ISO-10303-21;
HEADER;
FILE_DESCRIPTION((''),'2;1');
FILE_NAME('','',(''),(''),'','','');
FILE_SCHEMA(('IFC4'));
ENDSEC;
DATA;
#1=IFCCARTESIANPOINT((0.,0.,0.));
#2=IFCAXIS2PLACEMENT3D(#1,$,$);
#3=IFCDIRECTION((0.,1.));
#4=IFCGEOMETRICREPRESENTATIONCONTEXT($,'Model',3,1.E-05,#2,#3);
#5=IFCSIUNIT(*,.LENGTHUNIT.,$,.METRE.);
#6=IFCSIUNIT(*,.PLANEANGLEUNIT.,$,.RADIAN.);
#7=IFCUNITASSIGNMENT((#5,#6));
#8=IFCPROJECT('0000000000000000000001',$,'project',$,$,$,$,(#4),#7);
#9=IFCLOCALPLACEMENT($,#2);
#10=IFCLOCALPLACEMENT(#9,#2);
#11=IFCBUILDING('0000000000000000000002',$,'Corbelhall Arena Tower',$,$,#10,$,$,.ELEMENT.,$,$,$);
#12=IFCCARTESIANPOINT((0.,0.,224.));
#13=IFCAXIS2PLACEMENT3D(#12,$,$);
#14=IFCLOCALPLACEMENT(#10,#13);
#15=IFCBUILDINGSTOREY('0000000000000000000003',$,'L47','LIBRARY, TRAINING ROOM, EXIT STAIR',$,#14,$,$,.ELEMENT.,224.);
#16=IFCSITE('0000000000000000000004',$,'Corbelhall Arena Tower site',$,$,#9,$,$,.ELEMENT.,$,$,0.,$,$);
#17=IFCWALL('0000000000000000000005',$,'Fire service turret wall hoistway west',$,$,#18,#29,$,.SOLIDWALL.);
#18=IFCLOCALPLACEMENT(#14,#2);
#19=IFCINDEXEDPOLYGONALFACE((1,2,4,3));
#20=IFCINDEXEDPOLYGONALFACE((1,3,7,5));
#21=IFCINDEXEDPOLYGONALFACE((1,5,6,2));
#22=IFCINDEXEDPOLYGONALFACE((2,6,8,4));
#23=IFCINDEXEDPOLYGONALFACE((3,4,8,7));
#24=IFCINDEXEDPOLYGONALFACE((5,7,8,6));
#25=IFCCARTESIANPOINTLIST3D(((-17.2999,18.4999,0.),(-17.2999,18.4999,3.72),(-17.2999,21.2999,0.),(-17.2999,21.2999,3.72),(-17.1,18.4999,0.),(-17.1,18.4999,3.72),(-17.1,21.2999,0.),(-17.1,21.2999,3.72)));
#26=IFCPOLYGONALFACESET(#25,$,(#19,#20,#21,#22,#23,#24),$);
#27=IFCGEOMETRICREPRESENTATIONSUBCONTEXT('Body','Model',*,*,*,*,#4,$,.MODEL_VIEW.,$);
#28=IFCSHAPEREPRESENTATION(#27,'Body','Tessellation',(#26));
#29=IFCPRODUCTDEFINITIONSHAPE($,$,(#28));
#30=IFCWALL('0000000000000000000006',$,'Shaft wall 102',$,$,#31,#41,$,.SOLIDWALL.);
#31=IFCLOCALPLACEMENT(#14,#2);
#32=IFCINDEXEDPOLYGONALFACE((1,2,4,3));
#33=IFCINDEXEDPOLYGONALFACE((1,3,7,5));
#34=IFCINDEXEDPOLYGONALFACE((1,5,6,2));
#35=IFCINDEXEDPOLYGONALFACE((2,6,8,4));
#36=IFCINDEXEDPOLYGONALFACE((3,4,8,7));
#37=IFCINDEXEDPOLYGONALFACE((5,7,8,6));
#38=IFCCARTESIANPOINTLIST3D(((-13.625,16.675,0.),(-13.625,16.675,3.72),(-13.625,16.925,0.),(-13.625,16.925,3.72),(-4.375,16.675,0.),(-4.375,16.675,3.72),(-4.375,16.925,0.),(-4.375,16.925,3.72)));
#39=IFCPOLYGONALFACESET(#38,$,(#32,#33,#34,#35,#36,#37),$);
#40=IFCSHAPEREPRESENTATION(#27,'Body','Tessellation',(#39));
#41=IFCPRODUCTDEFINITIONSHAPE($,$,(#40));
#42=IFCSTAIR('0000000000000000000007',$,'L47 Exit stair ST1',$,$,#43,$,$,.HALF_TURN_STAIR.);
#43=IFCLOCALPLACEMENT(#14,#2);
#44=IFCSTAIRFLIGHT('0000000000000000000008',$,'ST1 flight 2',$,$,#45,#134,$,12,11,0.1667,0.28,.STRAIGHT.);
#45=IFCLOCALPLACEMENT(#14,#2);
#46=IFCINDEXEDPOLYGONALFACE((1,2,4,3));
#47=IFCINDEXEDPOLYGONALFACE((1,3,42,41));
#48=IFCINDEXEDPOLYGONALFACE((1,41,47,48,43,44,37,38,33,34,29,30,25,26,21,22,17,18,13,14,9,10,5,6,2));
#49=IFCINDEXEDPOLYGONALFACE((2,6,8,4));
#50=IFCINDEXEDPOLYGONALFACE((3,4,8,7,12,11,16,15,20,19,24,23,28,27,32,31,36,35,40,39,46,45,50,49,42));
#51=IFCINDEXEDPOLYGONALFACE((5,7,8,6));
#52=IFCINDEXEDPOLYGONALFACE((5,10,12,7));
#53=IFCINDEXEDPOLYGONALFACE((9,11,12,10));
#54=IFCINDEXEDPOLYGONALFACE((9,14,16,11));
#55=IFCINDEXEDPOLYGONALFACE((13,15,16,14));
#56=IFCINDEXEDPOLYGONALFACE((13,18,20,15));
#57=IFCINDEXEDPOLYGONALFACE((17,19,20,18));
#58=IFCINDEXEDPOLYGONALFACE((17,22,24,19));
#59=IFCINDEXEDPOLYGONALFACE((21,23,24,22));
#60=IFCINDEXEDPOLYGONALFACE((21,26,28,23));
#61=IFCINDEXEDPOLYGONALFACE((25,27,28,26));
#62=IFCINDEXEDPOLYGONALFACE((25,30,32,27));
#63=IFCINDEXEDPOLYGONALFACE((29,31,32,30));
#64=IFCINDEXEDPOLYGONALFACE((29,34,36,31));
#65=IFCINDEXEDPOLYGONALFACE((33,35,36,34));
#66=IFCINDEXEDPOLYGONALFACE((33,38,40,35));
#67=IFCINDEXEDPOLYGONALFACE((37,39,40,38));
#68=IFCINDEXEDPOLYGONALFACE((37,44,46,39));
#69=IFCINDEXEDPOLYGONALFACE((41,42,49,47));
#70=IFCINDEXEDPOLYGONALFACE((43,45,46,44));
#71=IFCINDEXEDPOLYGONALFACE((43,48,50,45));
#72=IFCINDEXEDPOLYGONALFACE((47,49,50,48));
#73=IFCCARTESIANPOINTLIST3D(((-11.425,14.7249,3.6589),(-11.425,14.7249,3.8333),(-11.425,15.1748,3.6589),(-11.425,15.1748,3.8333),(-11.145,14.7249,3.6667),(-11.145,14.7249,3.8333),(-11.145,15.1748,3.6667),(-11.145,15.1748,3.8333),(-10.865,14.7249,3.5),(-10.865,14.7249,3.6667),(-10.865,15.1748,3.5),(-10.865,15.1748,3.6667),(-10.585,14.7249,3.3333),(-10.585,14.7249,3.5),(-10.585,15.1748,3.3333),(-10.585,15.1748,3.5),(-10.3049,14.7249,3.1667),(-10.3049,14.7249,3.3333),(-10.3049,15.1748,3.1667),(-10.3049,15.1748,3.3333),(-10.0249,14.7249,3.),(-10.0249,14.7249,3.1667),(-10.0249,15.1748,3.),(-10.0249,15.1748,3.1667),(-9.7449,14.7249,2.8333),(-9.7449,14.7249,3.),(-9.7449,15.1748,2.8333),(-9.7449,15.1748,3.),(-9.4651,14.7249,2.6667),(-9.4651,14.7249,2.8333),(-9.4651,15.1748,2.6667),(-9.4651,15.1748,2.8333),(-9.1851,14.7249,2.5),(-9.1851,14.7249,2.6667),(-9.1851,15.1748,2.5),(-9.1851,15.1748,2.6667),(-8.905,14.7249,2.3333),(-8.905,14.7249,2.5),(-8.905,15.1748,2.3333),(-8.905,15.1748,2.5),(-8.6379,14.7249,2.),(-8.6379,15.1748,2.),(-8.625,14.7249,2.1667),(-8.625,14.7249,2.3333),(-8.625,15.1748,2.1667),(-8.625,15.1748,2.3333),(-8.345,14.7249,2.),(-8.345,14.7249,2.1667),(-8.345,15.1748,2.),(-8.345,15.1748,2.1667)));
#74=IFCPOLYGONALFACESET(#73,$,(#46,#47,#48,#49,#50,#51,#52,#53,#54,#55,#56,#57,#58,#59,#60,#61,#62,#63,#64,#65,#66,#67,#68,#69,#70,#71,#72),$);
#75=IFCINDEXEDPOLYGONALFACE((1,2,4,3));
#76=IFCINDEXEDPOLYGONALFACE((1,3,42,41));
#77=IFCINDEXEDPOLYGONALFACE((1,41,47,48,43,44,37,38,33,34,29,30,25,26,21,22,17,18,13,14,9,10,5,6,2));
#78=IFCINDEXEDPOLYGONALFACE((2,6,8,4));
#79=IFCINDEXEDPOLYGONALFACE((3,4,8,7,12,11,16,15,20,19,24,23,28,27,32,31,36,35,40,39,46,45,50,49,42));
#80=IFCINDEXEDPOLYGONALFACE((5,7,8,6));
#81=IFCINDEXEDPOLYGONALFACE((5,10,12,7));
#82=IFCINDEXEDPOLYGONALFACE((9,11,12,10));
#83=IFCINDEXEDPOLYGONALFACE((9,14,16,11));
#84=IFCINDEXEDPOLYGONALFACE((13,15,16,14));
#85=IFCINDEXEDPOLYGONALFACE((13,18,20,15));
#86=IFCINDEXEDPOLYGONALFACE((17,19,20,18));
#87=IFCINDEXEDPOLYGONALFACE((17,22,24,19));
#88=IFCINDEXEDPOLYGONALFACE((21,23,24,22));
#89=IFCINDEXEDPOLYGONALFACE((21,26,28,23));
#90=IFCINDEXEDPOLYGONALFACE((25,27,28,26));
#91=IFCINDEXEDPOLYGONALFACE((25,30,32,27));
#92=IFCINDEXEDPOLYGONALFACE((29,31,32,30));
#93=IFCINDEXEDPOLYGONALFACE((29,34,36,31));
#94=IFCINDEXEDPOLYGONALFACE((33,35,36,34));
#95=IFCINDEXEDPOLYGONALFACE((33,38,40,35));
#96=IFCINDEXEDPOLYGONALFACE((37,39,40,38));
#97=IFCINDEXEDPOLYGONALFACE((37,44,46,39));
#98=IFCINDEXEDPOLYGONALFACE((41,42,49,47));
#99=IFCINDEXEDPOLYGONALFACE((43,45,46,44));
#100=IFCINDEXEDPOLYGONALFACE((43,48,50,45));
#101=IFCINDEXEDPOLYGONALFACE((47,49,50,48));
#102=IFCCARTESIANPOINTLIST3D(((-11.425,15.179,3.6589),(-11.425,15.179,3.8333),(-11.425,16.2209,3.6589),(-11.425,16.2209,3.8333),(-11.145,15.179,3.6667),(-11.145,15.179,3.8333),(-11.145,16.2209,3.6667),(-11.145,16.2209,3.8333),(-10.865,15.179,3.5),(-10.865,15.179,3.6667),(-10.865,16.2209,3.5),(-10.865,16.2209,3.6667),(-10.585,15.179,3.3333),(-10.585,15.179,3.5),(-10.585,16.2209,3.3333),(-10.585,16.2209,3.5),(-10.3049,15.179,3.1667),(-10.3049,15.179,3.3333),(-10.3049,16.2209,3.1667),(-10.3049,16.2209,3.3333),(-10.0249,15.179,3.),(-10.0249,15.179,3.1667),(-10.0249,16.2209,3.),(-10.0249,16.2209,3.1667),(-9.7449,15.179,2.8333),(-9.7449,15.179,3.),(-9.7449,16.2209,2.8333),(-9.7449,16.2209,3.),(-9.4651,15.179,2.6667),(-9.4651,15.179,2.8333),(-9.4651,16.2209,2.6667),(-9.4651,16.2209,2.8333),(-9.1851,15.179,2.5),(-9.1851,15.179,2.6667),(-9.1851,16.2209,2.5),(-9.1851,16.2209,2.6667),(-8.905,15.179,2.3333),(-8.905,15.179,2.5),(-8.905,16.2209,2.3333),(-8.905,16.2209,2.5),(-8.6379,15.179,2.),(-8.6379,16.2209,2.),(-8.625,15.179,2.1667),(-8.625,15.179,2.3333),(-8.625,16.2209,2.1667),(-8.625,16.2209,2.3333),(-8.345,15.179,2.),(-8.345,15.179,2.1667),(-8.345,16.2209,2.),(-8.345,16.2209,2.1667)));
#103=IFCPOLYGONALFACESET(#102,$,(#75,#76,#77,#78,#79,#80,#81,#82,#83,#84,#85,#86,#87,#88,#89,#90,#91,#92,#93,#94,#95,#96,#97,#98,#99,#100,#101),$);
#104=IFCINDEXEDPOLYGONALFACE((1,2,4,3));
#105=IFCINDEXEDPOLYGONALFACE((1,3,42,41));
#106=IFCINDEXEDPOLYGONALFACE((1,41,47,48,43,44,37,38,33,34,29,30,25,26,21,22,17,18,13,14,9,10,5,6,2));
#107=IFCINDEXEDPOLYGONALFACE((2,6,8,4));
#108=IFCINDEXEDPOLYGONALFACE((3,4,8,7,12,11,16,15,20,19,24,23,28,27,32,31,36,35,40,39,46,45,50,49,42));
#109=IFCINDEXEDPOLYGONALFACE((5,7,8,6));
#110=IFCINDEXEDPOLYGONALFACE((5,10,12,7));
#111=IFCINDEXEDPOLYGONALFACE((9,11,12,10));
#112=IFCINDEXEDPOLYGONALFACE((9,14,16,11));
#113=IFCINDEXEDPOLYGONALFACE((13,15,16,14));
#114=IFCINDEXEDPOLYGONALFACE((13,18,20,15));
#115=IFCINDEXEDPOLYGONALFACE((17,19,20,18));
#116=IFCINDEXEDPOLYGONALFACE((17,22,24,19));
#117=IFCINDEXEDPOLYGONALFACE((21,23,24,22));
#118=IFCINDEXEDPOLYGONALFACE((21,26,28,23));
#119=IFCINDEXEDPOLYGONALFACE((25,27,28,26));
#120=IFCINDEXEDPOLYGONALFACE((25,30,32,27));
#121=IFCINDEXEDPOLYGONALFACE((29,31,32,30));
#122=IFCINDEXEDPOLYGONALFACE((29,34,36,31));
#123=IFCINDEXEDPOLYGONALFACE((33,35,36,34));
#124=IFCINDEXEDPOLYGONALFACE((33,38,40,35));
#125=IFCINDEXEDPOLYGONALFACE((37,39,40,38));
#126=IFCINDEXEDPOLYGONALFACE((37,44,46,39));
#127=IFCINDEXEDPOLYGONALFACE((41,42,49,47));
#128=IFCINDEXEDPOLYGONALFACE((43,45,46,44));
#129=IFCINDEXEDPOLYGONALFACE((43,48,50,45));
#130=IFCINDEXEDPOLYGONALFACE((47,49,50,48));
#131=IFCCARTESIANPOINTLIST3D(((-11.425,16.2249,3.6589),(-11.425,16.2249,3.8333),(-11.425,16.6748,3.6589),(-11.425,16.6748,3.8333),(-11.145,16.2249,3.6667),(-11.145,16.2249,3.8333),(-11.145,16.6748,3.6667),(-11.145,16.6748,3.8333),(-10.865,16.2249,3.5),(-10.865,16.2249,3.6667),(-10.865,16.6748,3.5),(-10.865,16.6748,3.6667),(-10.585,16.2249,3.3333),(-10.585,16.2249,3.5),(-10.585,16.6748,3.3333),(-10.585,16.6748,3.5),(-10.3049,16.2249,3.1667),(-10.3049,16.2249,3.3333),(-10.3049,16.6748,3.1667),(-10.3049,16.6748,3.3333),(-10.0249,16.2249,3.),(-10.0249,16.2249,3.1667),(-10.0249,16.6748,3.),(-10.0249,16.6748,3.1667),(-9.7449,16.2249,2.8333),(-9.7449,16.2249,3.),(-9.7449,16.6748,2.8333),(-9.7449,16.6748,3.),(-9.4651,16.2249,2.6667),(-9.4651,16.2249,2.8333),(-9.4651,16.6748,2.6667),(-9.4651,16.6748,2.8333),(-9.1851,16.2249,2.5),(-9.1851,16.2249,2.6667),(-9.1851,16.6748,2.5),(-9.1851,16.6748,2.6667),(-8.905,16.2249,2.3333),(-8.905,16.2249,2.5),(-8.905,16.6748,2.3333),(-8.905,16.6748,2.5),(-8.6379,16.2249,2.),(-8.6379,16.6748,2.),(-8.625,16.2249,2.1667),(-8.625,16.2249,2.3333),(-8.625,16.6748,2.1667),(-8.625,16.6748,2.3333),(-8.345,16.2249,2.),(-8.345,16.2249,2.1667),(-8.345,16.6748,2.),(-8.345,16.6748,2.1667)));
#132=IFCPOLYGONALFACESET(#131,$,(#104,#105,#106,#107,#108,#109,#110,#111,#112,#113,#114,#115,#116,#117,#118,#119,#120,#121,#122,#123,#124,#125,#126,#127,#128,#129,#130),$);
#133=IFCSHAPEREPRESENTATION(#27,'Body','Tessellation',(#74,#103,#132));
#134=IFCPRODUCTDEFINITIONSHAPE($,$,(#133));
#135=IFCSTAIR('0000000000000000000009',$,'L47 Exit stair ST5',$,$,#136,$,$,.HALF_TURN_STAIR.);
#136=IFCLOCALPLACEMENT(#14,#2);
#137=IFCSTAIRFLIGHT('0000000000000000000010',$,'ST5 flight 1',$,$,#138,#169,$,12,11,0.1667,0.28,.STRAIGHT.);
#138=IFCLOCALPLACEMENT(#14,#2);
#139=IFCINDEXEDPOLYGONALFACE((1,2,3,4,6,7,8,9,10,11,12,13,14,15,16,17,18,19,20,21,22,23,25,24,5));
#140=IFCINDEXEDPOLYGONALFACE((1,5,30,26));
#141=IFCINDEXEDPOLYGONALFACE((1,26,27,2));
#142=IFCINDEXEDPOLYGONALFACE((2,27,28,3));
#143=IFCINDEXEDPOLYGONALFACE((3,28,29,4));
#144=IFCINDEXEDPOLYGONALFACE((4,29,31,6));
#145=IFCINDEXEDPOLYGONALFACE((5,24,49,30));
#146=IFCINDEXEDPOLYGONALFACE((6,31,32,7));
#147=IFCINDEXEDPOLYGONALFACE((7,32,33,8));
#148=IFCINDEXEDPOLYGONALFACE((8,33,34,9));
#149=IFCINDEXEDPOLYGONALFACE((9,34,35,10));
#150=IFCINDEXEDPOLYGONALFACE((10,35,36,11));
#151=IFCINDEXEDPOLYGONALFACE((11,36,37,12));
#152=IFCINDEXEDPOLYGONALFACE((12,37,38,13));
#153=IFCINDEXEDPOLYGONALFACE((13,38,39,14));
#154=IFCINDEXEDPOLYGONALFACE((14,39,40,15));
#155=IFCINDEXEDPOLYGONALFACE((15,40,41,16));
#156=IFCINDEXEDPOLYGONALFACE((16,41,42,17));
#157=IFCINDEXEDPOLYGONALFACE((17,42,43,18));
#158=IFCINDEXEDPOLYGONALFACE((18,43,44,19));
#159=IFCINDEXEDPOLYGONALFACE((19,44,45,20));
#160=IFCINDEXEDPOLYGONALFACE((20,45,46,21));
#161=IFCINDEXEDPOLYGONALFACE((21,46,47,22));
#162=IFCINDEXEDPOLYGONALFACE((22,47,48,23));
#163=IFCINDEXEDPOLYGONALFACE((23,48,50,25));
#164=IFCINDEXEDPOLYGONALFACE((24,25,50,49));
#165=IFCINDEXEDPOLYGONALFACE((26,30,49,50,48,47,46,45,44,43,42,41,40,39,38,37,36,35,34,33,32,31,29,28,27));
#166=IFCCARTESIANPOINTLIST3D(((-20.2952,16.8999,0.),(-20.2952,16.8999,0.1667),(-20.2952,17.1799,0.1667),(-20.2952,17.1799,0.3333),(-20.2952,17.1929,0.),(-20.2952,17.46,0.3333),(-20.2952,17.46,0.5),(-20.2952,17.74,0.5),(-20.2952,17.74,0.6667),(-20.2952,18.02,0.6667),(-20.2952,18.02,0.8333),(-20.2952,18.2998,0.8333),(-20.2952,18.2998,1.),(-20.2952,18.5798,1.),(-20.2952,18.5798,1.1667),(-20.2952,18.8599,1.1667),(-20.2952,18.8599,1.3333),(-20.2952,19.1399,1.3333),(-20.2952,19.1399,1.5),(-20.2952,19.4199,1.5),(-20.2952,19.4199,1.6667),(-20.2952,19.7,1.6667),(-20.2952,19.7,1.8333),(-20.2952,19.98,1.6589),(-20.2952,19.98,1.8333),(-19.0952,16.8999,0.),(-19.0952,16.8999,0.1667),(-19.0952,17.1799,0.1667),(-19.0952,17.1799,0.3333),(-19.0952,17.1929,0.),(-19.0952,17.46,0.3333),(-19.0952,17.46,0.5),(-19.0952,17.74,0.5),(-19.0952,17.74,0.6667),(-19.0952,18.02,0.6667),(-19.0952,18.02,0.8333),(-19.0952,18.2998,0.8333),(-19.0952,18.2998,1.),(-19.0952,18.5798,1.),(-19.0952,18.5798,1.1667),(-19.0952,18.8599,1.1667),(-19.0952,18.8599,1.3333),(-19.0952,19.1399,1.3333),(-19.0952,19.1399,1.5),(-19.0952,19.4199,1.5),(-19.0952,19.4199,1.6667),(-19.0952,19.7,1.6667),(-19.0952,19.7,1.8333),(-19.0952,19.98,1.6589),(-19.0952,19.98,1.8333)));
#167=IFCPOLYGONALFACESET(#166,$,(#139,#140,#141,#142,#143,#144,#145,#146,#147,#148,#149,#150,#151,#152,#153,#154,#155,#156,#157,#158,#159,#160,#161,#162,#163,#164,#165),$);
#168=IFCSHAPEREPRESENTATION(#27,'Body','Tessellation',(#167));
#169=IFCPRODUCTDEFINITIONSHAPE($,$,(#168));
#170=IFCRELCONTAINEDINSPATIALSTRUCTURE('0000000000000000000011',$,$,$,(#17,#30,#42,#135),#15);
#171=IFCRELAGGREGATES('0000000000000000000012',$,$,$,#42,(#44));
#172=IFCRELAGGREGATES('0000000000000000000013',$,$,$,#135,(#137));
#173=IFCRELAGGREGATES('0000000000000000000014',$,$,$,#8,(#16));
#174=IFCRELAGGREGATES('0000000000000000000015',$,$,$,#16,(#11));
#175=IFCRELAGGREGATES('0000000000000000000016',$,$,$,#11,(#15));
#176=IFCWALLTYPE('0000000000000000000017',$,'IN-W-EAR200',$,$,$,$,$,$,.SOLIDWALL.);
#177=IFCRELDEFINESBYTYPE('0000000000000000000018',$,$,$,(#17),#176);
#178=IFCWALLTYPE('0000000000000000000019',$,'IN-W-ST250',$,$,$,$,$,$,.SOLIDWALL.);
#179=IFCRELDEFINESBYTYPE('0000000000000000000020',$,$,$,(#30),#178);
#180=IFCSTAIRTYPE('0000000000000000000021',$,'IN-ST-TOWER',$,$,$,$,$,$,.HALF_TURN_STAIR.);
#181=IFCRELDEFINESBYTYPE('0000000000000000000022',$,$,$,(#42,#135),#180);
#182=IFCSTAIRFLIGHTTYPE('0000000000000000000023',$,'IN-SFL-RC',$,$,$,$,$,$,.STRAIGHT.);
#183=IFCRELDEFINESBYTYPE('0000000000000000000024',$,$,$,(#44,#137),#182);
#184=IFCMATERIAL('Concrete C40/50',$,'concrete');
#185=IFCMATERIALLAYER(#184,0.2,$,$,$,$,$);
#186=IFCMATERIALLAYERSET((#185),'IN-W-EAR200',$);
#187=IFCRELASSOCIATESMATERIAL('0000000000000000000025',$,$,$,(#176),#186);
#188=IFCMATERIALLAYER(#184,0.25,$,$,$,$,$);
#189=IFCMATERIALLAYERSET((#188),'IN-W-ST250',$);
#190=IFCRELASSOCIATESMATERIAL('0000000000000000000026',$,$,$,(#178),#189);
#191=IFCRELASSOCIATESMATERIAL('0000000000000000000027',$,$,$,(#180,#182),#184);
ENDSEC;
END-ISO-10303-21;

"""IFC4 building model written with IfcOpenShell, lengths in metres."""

from ifc_helpers import new_model, si_unit, direction, frame, frame_2d, origin, place, context, subcontext, project, spatial, polyline, rectangle, outline, extrude, material, layer, layer_set, type_object, element, aggregate, save


model = new_model("IFC4")

# Units and contexts
model_context = context("Model", 3, precision=1e-05, world=origin(), true_north=direction((0.0, 1.0)))
body_context = subcontext(model_context, "Body", "Model", "MODEL_VIEW")
ifc_project = project(units=[si_unit("LENGTHUNIT", "METRE"), si_unit("PLANEANGLEUNIT", "RADIAN")], contexts=[model_context])

# Site, building, storey
site_placement = place(None, origin())
site = spatial("IfcSite", under=ifc_project, at=site_placement, Name="Corbelhall Arena Tower site", CompositionType="ELEMENT", RefElevation=0.0)
building_placement = place(site_placement, origin())
building = spatial("IfcBuilding", under=site, at=building_placement, Name="Corbelhall Arena Tower", CompositionType="ELEMENT")
storey_placement = place(building_placement, frame((0.0, 0.0, 224.0)))
storey = spatial("IfcBuildingStorey", under=building, at=storey_placement, Name="L47", Description="LIBRARY, TRAINING ROOM, EXIT STAIR", CompositionType="ELEMENT", Elevation=224.0)

# Shared definitions
ifc_material_1 = material(Name="Concrete C40/50", Category="concrete")
ifc_layer_1 = layer(ifc_material_1, 0.2)
ifc_layer_set_1 = layer_set([ifc_layer_1], Name="IN-W-EAR200")
wall_type_1 = type_object("IfcWallType", Name="IN-W-EAR200", PredefinedType="SOLIDWALL", material=ifc_layer_set_1)

# Wall
wall_1_placement = place(storey_placement, frame((-17.2, 18.5, 0.0), z_axis=(0.0, 0.0, 1.0), x_axis=(0.0, 1.0, 0.0)))
element("IfcWall", 1, at=wall_1_placement, inside=storey, type_object=wall_type_1, Name="Fire service turret wall hoistway west", PredefinedType="SOLIDWALL", context=body_context, shape_type="SweptSolid", body=[
    extrude(rectangle(XDim=2.8, YDim=0.2, at=frame_2d((1.3999, 0.0))), origin(), (0.0, 0.0, 1.0), 3.72),
])

# Wall
ifc_layer_2 = layer(ifc_material_1, 0.25)
ifc_layer_set_2 = layer_set([ifc_layer_2], Name="IN-W-ST250")
wall_type_2 = type_object("IfcWallType", Name="IN-W-ST250", PredefinedType="SOLIDWALL", material=ifc_layer_set_2)
wall_2_placement = place(storey_placement, frame((-13.625, 16.8, 0.0), z_axis=(0.0, 0.0, 1.0), x_axis=(1.0, 0.0, 0.0)))
element("IfcWall", 2, at=wall_2_placement, inside=storey, type_object=wall_type_2, Name="Shaft wall 102", PredefinedType="SOLIDWALL", context=body_context, shape_type="SweptSolid", body=[
    extrude(rectangle(XDim=9.25, YDim=0.25, at=frame_2d((4.625, 0.0))), origin(), (0.0, 0.0, 1.0), 3.72),
])

# Stair, stair flight
stair_type = type_object("IfcStairType", Name="IN-ST-TOWER", PredefinedType="HALF_TURN_STAIR", material=ifc_material_1)
stair_1_placement = place(storey_placement, origin())
stair_1 = element("IfcStair", 3, at=stair_1_placement, inside=storey, type_object=stair_type, Name="L47 Exit stair ST1", PredefinedType="HALF_TURN_STAIR")
stair_flight_type = type_object("IfcStairFlightType", Name="IN-SFL-RC", PredefinedType="STRAIGHT", material=ifc_material_1)
stair_flight_1_placement = place(storey_placement, frame((-8.345, 15.7, 2.0), z_axis=(0.0, 0.0, 1.0), x_axis=(-1.0, 0.0, 0.0)))
stair_flight_1 = element("IfcStairFlight", 4, at=stair_flight_1_placement, type_object=stair_flight_type, Name="ST1 flight 2", NumberOfRisers=12, NumberOfTreads=11, PredefinedType="STRAIGHT", RiserHeight=0.1667, TreadLength=0.28, context=body_context, shape_type="SweptSolid", body=[
    extrude(outline(polyline([(0.0, 0.0), (0.0, 0.1667), (0.28, 0.1667), (0.28, 0.3333), (0.5601, 0.3333), (0.5601, 0.5), (0.8401, 0.5), (0.8401, 0.6667), (1.1201, 0.6667), (1.1201, 0.8333), (1.3999, 0.8333), (1.3999, 1.0), (1.6799, 1.0), (1.6799, 1.1667), (1.96, 1.1667), (1.96, 1.3333), (2.24, 1.3333), (2.24, 1.5), (2.52, 1.5), (2.52, 1.6667), (2.8, 1.6667), (2.8, 1.8333), (3.0801, 1.8333), (3.0801, 2.0), (3.0801, 1.6589), (0.293, 0.0), (0.0, 0.0)])), frame((0.0, 0.9751, 0.0), z_axis=(0.0, -1.0, 0.0), x_axis=(1.0, 0.0, 0.0)), (0.0, 0.0, 1.0), 0.45),
    extrude(outline(polyline([(0.0, 0.0), (0.0, 0.1667), (0.28, 0.1667), (0.28, 0.3333), (0.5601, 0.3333), (0.5601, 0.5), (0.8401, 0.5), (0.8401, 0.6667), (1.1201, 0.6667), (1.1201, 0.8333), (1.3999, 0.8333), (1.3999, 1.0), (1.6799, 1.0), (1.6799, 1.1667), (1.96, 1.1667), (1.96, 1.3333), (2.24, 1.3333), (2.24, 1.5), (2.52, 1.5), (2.52, 1.6667), (2.8, 1.6667), (2.8, 1.8333), (3.0801, 1.8333), (3.0801, 2.0), (3.0801, 1.6589), (0.293, 0.0), (0.0, 0.0)])), frame((0.0, 0.521, 0.0), z_axis=(0.0, -1.0, 0.0), x_axis=(1.0, 0.0, 0.0)), (0.0, 0.0, 1.0), 1.042),
    extrude(outline(polyline([(0.0, 0.0), (0.0, 0.1667), (0.28, 0.1667), (0.28, 0.3333), (0.5601, 0.3333), (0.5601, 0.5), (0.8401, 0.5), (0.8401, 0.6667), (1.1201, 0.6667), (1.1201, 0.8333), (1.3999, 0.8333), (1.3999, 1.0), (1.6799, 1.0), (1.6799, 1.1667), (1.96, 1.1667), (1.96, 1.3333), (2.24, 1.3333), (2.24, 1.5), (2.52, 1.5), (2.52, 1.6667), (2.8, 1.6667), (2.8, 1.8333), (3.0801, 1.8333), (3.0801, 2.0), (3.0801, 1.6589), (0.293, 0.0), (0.0, 0.0)])), frame((0.0, -0.5249, 0.0), z_axis=(0.0, -1.0, 0.0), x_axis=(1.0, 0.0, 0.0)), (0.0, 0.0, 1.0), 0.45),
])
aggregate(stair_1, [stair_flight_1])

# Stair, stair flight
stair_2_placement = place(storey_placement, origin())
stair_2 = element("IfcStair", 5, at=stair_2_placement, inside=storey, type_object=stair_type, Name="L47 Exit stair ST5", PredefinedType="HALF_TURN_STAIR")
stair_flight_2_placement = place(storey_placement, frame((-19.6951, 16.8999, 0.0), z_axis=(0.0, 0.0, 1.0), x_axis=(0.0, 1.0, 0.0)))
stair_flight_2 = element("IfcStairFlight", 6, at=stair_flight_2_placement, type_object=stair_flight_type, Name="ST5 flight 1", NumberOfRisers=12, NumberOfTreads=11, PredefinedType="STRAIGHT", RiserHeight=0.1667, TreadLength=0.28, context=body_context, shape_type="SweptSolid", body=[
    extrude(outline(polyline([(0.0, 0.0), (0.0, 0.1667), (0.28, 0.1667), (0.28, 0.3333), (0.5601, 0.3333), (0.5601, 0.5), (0.8401, 0.5), (0.8401, 0.6667), (1.1201, 0.6667), (1.1201, 0.8333), (1.3999, 0.8333), (1.3999, 1.0), (1.6799, 1.0), (1.6799, 1.1667), (1.96, 1.1667), (1.96, 1.3333), (2.24, 1.3333), (2.24, 1.5), (2.52, 1.5), (2.52, 1.6667), (2.8, 1.6667), (2.8, 1.8333), (3.0801, 1.8333), (3.0801, 2.0), (3.0801, 1.6589), (0.293, 0.0), (0.0, 0.0)])), frame((0.0, 0.6001, 0.0), z_axis=(0.0, -1.0, 0.0), x_axis=(1.0, 0.0, 0.0)), (0.0, 0.0, 1.0), 1.2),
])
aggregate(stair_2, [stair_flight_2])

save(model, "model.ifc")
